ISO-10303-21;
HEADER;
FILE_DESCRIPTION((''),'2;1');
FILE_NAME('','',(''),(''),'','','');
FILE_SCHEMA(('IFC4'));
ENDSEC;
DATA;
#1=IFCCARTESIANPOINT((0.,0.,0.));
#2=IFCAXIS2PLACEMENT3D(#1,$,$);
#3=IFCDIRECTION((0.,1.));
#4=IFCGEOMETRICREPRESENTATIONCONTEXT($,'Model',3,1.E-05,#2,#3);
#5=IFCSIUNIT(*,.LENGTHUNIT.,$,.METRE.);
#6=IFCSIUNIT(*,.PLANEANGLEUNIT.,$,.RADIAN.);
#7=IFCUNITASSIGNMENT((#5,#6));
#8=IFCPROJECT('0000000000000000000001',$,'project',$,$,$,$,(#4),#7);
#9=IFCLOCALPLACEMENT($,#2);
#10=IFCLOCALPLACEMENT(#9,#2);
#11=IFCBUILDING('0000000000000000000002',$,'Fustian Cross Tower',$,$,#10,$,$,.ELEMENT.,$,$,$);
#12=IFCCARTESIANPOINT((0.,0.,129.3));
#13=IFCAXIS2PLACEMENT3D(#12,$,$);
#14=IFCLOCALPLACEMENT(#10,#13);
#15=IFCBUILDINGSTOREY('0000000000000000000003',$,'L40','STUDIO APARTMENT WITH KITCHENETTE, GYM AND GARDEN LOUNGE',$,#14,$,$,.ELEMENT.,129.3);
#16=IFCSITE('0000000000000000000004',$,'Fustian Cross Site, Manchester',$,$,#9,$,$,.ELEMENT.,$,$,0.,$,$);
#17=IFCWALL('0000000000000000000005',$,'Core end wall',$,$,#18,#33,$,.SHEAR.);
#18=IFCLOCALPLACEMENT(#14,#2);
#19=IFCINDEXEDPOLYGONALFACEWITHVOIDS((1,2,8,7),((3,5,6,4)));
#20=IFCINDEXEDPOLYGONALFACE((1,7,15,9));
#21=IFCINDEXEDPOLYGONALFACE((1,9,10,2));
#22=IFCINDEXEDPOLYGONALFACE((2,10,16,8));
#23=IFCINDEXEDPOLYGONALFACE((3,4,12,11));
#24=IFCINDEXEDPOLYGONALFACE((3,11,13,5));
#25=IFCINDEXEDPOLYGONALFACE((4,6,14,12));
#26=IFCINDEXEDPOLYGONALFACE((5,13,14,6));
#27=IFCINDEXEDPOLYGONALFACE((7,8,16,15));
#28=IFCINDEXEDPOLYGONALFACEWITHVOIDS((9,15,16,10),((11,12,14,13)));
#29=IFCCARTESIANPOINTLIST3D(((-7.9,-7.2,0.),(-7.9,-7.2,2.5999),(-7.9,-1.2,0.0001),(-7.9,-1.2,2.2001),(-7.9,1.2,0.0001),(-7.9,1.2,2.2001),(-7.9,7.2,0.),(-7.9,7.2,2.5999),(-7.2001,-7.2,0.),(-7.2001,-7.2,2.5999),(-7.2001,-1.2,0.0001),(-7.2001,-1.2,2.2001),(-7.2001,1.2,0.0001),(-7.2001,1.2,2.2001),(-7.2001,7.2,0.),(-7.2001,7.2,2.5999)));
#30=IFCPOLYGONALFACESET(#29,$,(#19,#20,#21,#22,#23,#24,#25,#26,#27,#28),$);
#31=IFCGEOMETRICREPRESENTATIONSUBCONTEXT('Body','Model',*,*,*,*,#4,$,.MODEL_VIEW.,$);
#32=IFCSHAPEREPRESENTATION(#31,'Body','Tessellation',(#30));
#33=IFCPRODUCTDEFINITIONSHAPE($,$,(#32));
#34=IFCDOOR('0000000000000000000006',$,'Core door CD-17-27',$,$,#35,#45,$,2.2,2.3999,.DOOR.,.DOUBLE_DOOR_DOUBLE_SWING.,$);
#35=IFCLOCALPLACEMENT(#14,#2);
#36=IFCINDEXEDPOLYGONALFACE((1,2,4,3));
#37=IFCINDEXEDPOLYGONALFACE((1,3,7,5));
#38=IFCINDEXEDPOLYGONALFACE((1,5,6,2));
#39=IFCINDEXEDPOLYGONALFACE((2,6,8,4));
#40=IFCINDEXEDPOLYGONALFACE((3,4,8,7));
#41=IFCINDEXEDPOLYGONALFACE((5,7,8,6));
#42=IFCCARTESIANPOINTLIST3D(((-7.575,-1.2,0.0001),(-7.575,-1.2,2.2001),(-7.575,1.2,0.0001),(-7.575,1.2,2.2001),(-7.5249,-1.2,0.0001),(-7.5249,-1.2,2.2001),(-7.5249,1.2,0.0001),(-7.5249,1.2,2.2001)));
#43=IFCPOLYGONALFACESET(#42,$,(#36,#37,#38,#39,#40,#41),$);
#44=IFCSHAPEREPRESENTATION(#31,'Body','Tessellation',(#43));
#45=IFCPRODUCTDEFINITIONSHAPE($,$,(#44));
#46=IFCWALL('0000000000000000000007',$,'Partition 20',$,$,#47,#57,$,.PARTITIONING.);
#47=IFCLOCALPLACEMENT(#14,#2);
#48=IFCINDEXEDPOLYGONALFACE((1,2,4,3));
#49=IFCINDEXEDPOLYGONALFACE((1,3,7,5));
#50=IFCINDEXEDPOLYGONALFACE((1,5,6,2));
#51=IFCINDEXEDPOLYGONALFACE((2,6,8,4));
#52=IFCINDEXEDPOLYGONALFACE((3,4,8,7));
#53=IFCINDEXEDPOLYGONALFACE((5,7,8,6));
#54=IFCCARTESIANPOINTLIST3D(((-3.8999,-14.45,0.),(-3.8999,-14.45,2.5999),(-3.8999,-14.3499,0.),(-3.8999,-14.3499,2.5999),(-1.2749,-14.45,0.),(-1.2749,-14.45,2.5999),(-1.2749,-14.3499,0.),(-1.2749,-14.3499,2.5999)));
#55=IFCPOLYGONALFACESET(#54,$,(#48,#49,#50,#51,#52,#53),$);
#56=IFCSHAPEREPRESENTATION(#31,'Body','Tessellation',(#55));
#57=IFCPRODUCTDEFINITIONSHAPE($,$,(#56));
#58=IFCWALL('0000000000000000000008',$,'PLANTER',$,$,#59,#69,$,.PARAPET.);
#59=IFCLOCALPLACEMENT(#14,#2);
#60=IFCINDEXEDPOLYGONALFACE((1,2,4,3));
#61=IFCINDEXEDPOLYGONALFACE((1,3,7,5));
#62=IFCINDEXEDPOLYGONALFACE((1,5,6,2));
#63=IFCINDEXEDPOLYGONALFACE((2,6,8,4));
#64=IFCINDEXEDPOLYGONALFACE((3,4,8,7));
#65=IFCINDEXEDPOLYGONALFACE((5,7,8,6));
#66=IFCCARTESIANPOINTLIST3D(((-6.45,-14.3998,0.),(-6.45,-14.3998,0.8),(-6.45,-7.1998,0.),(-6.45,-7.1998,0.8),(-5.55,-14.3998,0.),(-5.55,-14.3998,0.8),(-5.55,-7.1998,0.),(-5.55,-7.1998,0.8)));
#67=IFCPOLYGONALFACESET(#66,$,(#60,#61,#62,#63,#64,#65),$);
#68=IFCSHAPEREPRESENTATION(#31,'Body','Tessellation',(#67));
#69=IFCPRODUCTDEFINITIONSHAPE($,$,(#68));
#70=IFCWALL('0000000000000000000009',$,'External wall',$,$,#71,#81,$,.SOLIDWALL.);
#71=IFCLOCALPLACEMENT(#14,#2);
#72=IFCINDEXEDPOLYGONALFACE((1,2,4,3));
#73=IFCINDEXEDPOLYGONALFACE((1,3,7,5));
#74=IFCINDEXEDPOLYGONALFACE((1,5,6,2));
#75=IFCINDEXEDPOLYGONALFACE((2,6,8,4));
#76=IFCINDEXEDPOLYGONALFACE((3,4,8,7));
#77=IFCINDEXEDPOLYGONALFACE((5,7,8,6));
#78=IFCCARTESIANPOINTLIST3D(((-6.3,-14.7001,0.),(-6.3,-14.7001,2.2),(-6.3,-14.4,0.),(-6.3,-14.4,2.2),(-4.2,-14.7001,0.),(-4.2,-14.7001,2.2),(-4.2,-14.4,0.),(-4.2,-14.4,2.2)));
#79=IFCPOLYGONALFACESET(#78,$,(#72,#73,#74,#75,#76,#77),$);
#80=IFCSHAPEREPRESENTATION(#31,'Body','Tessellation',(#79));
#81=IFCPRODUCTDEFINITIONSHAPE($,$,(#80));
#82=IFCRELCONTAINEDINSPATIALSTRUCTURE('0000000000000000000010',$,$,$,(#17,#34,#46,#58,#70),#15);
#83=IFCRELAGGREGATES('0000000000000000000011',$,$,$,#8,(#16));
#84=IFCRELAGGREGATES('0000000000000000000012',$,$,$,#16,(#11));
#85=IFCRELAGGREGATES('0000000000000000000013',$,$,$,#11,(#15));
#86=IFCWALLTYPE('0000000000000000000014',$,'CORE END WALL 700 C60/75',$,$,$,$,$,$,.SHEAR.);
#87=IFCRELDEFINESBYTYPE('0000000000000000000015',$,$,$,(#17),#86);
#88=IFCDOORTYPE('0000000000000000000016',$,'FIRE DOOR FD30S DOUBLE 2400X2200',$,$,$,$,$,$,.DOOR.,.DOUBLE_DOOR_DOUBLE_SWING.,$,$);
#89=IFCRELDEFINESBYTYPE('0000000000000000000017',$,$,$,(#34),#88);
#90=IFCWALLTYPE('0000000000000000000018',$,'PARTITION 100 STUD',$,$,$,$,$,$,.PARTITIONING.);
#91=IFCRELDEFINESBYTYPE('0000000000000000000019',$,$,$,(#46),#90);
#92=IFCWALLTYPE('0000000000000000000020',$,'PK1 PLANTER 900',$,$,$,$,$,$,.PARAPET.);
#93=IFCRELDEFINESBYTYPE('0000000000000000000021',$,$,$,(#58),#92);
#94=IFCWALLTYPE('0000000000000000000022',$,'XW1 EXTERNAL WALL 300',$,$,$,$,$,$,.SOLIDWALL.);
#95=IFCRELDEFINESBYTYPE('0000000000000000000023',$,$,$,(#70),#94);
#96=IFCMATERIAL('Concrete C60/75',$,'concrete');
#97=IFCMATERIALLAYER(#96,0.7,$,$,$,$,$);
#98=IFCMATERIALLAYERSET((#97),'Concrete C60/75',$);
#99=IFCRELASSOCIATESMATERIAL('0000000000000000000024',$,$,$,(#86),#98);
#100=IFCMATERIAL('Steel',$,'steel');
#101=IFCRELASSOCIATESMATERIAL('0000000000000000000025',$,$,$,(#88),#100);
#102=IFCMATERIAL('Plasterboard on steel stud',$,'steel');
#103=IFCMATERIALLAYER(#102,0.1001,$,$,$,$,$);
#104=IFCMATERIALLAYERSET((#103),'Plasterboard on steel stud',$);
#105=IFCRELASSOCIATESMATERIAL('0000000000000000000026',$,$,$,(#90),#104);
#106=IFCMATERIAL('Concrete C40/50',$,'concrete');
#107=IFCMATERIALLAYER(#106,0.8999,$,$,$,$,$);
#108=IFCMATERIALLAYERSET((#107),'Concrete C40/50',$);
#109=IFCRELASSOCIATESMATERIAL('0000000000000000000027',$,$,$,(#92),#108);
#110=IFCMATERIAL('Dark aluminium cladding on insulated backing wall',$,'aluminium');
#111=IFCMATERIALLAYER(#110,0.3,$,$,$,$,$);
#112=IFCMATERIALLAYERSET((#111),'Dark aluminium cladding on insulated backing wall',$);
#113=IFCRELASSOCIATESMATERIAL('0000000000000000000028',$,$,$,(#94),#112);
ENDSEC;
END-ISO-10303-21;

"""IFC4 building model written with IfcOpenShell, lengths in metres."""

from ifc_helpers import new_model, si_unit, direction, frame, frame_2d, origin, place, context, subcontext, project, spatial, rectangle, extrude, material, layer, layer_set, type_object, element, fill, save


model = new_model("IFC4")

# Units and contexts
model_context = context("Model", 3, precision=1e-05, world=origin(), true_north=direction((0.0, 1.0)))
body_context = subcontext(model_context, "Body", "Model", "MODEL_VIEW")
ifc_project = project(units=[si_unit("LENGTHUNIT", "METRE"), si_unit("PLANEANGLEUNIT", "RADIAN")], contexts=[model_context])

# Site, building, storey
site_placement = place(None, origin())
site = spatial("IfcSite", under=ifc_project, at=site_placement, Name="Fustian Cross Site, Manchester", CompositionType="ELEMENT", RefElevation=0.0)
building_placement = place(site_placement, origin())
building = spatial("IfcBuilding", under=site, at=building_placement, Name="Fustian Cross Tower", CompositionType="ELEMENT")
storey_placement = place(building_placement, frame((0.0, 0.0, 129.3)))
storey = spatial("IfcBuildingStorey", under=building, at=storey_placement, Name="L40", Description="STUDIO APARTMENT WITH KITCHENETTE, GYM AND GARDEN LOUNGE", CompositionType="ELEMENT", Elevation=129.3)

# Wall, opening, door
ifc_material_1 = material(Name="Concrete C60/75", Category="concrete")
ifc_layer_1 = layer(ifc_material_1, 0.7)
ifc_layer_set_1 = layer_set([ifc_layer_1], Name="Concrete C60/75")
wall_type_1 = type_object("IfcWallType", Name="CORE END WALL 700 C60/75", PredefinedType="SHEAR", material=ifc_layer_set_1)
wall_1_placement = place(storey_placement, frame((-7.55, -7.2, 0.0), z_axis=(0.0, 0.0, 1.0), x_axis=(0.0, 1.0, 0.0)))
wall_1 = element("IfcWall", 1, at=wall_1_placement, inside=storey, type_object=wall_type_1, Name="Core end wall", PredefinedType="SHEAR", context=body_context, shape_type="SweptSolid", body=[
    extrude(rectangle(XDim=14.3999, YDim=0.7, at=frame_2d((7.2, 0.0))), origin(), (0.0, 0.0, 1.0), 2.5999),
])
opening_placement = place(wall_1_placement, frame((6.0, 0.0, 0.0)))
opening = element("IfcOpeningElement", 2, at=opening_placement, cuts=wall_1, PredefinedType="OPENING", context=body_context, shape_type="SweptSolid", body=[
    extrude(rectangle(XDim=2.3999, YDim=2.2, at=frame_2d((1.2, 1.1001))), frame((0.0, 0.3599, 0.0), z_axis=(0.0, -1.0, 0.0), x_axis=(1.0, 0.0, 0.0)), (0.0, 0.0, 1.0), 0.72),
])
ifc_material_2 = material(Name="Steel", Category="steel")
door_type = type_object("IfcDoorType", Name="FIRE DOOR FD30S DOUBLE 2400X2200", OperationType="DOUBLE_DOOR_DOUBLE_SWING", PredefinedType="DOOR", material=ifc_material_2)
door_placement = place(opening_placement, origin())
door = element("IfcDoor", 3, at=door_placement, inside=storey, type_object=door_type, Name="Core door CD-17-27", OperationType="DOUBLE_DOOR_DOUBLE_SWING", OverallHeight=2.2, OverallWidth=2.3999, PredefinedType="DOOR", context=body_context, shape_type="SweptSolid", body=[
    extrude(rectangle(XDim=2.3999, YDim=2.2, at=frame_2d((1.2, 1.1001))), frame((0.0, 0.0249, 0.0), z_axis=(0.0, -1.0, 0.0), x_axis=(1.0, 0.0, 0.0)), (0.0, 0.0, 1.0), 0.05),
])
fill(opening, door)

# Walls
ifc_material_3 = material(Name="Plasterboard on steel stud", Category="steel")
ifc_layer_2 = layer(ifc_material_3, 0.1001)
ifc_layer_set_2 = layer_set([ifc_layer_2], Name="Plasterboard on steel stud")
wall_type_2 = type_object("IfcWallType", Name="PARTITION 100 STUD", PredefinedType="PARTITIONING", material=ifc_layer_set_2)
wall_2_placement = place(storey_placement, frame((-3.8999, -14.3999, 0.0), z_axis=(0.0, 0.0, 1.0), x_axis=(1.0, 0.0, 0.0)))
element("IfcWall", 4, at=wall_2_placement, inside=storey, type_object=wall_type_2, Name="Partition 20", PredefinedType="PARTITIONING", context=body_context, shape_type="SweptSolid", body=[
    extrude(rectangle(XDim=2.625, YDim=0.1001, at=frame_2d((1.3125, 0.0))), origin(), (0.0, 0.0, 1.0), 2.5999),
])
ifc_material_4 = material(Name="Concrete C40/50", Category="concrete")
ifc_layer_3 = layer(ifc_material_4, 0.8999)
ifc_layer_set_3 = layer_set([ifc_layer_3], Name="Concrete C40/50")
wall_type_3 = type_object("IfcWallType", Name="PK1 PLANTER 900", PredefinedType="PARAPET", material=ifc_layer_set_3)
wall_3_placement = place(storey_placement, frame((-6.0, -14.3999, 0.0), z_axis=(0.0, 0.0, 1.0), x_axis=(0.0, 1.0, 0.0)))
element("IfcWall", 5, at=wall_3_placement, inside=storey, type_object=wall_type_3, Name="PLANTER", PredefinedType="PARAPET", context=body_context, shape_type="SweptSolid", body=[
    extrude(rectangle(XDim=7.2, YDim=0.8999, at=frame_2d((3.6001, 0.0))), origin(), (0.0, 0.0, 1.0), 0.8),
])
ifc_material_5 = material(Name="Dark aluminium cladding on insulated backing wall", Category="aluminium")
ifc_layer_4 = layer(ifc_material_5, 0.3)
ifc_layer_set_4 = layer_set([ifc_layer_4], Name="Dark aluminium cladding on insulated backing wall")
wall_type_4 = type_object("IfcWallType", Name="XW1 EXTERNAL WALL 300", PredefinedType="SOLIDWALL", material=ifc_layer_set_4)
wall_4_placement = place(storey_placement, frame((-4.2, -14.55, 0.0), z_axis=(0.0, 0.0, 1.0), x_axis=(-1.0, 0.0, 0.0)))
element("IfcWall", 6, at=wall_4_placement, inside=storey, type_object=wall_type_4, Name="External wall", PredefinedType="SOLIDWALL", context=body_context, shape_type="SweptSolid", body=[
    extrude(rectangle(XDim=2.1001, YDim=0.3, at=frame_2d((1.05, 0.0))), origin(), (0.0, 0.0, 1.0), 2.2),
])

save(model, "model.ifc")
